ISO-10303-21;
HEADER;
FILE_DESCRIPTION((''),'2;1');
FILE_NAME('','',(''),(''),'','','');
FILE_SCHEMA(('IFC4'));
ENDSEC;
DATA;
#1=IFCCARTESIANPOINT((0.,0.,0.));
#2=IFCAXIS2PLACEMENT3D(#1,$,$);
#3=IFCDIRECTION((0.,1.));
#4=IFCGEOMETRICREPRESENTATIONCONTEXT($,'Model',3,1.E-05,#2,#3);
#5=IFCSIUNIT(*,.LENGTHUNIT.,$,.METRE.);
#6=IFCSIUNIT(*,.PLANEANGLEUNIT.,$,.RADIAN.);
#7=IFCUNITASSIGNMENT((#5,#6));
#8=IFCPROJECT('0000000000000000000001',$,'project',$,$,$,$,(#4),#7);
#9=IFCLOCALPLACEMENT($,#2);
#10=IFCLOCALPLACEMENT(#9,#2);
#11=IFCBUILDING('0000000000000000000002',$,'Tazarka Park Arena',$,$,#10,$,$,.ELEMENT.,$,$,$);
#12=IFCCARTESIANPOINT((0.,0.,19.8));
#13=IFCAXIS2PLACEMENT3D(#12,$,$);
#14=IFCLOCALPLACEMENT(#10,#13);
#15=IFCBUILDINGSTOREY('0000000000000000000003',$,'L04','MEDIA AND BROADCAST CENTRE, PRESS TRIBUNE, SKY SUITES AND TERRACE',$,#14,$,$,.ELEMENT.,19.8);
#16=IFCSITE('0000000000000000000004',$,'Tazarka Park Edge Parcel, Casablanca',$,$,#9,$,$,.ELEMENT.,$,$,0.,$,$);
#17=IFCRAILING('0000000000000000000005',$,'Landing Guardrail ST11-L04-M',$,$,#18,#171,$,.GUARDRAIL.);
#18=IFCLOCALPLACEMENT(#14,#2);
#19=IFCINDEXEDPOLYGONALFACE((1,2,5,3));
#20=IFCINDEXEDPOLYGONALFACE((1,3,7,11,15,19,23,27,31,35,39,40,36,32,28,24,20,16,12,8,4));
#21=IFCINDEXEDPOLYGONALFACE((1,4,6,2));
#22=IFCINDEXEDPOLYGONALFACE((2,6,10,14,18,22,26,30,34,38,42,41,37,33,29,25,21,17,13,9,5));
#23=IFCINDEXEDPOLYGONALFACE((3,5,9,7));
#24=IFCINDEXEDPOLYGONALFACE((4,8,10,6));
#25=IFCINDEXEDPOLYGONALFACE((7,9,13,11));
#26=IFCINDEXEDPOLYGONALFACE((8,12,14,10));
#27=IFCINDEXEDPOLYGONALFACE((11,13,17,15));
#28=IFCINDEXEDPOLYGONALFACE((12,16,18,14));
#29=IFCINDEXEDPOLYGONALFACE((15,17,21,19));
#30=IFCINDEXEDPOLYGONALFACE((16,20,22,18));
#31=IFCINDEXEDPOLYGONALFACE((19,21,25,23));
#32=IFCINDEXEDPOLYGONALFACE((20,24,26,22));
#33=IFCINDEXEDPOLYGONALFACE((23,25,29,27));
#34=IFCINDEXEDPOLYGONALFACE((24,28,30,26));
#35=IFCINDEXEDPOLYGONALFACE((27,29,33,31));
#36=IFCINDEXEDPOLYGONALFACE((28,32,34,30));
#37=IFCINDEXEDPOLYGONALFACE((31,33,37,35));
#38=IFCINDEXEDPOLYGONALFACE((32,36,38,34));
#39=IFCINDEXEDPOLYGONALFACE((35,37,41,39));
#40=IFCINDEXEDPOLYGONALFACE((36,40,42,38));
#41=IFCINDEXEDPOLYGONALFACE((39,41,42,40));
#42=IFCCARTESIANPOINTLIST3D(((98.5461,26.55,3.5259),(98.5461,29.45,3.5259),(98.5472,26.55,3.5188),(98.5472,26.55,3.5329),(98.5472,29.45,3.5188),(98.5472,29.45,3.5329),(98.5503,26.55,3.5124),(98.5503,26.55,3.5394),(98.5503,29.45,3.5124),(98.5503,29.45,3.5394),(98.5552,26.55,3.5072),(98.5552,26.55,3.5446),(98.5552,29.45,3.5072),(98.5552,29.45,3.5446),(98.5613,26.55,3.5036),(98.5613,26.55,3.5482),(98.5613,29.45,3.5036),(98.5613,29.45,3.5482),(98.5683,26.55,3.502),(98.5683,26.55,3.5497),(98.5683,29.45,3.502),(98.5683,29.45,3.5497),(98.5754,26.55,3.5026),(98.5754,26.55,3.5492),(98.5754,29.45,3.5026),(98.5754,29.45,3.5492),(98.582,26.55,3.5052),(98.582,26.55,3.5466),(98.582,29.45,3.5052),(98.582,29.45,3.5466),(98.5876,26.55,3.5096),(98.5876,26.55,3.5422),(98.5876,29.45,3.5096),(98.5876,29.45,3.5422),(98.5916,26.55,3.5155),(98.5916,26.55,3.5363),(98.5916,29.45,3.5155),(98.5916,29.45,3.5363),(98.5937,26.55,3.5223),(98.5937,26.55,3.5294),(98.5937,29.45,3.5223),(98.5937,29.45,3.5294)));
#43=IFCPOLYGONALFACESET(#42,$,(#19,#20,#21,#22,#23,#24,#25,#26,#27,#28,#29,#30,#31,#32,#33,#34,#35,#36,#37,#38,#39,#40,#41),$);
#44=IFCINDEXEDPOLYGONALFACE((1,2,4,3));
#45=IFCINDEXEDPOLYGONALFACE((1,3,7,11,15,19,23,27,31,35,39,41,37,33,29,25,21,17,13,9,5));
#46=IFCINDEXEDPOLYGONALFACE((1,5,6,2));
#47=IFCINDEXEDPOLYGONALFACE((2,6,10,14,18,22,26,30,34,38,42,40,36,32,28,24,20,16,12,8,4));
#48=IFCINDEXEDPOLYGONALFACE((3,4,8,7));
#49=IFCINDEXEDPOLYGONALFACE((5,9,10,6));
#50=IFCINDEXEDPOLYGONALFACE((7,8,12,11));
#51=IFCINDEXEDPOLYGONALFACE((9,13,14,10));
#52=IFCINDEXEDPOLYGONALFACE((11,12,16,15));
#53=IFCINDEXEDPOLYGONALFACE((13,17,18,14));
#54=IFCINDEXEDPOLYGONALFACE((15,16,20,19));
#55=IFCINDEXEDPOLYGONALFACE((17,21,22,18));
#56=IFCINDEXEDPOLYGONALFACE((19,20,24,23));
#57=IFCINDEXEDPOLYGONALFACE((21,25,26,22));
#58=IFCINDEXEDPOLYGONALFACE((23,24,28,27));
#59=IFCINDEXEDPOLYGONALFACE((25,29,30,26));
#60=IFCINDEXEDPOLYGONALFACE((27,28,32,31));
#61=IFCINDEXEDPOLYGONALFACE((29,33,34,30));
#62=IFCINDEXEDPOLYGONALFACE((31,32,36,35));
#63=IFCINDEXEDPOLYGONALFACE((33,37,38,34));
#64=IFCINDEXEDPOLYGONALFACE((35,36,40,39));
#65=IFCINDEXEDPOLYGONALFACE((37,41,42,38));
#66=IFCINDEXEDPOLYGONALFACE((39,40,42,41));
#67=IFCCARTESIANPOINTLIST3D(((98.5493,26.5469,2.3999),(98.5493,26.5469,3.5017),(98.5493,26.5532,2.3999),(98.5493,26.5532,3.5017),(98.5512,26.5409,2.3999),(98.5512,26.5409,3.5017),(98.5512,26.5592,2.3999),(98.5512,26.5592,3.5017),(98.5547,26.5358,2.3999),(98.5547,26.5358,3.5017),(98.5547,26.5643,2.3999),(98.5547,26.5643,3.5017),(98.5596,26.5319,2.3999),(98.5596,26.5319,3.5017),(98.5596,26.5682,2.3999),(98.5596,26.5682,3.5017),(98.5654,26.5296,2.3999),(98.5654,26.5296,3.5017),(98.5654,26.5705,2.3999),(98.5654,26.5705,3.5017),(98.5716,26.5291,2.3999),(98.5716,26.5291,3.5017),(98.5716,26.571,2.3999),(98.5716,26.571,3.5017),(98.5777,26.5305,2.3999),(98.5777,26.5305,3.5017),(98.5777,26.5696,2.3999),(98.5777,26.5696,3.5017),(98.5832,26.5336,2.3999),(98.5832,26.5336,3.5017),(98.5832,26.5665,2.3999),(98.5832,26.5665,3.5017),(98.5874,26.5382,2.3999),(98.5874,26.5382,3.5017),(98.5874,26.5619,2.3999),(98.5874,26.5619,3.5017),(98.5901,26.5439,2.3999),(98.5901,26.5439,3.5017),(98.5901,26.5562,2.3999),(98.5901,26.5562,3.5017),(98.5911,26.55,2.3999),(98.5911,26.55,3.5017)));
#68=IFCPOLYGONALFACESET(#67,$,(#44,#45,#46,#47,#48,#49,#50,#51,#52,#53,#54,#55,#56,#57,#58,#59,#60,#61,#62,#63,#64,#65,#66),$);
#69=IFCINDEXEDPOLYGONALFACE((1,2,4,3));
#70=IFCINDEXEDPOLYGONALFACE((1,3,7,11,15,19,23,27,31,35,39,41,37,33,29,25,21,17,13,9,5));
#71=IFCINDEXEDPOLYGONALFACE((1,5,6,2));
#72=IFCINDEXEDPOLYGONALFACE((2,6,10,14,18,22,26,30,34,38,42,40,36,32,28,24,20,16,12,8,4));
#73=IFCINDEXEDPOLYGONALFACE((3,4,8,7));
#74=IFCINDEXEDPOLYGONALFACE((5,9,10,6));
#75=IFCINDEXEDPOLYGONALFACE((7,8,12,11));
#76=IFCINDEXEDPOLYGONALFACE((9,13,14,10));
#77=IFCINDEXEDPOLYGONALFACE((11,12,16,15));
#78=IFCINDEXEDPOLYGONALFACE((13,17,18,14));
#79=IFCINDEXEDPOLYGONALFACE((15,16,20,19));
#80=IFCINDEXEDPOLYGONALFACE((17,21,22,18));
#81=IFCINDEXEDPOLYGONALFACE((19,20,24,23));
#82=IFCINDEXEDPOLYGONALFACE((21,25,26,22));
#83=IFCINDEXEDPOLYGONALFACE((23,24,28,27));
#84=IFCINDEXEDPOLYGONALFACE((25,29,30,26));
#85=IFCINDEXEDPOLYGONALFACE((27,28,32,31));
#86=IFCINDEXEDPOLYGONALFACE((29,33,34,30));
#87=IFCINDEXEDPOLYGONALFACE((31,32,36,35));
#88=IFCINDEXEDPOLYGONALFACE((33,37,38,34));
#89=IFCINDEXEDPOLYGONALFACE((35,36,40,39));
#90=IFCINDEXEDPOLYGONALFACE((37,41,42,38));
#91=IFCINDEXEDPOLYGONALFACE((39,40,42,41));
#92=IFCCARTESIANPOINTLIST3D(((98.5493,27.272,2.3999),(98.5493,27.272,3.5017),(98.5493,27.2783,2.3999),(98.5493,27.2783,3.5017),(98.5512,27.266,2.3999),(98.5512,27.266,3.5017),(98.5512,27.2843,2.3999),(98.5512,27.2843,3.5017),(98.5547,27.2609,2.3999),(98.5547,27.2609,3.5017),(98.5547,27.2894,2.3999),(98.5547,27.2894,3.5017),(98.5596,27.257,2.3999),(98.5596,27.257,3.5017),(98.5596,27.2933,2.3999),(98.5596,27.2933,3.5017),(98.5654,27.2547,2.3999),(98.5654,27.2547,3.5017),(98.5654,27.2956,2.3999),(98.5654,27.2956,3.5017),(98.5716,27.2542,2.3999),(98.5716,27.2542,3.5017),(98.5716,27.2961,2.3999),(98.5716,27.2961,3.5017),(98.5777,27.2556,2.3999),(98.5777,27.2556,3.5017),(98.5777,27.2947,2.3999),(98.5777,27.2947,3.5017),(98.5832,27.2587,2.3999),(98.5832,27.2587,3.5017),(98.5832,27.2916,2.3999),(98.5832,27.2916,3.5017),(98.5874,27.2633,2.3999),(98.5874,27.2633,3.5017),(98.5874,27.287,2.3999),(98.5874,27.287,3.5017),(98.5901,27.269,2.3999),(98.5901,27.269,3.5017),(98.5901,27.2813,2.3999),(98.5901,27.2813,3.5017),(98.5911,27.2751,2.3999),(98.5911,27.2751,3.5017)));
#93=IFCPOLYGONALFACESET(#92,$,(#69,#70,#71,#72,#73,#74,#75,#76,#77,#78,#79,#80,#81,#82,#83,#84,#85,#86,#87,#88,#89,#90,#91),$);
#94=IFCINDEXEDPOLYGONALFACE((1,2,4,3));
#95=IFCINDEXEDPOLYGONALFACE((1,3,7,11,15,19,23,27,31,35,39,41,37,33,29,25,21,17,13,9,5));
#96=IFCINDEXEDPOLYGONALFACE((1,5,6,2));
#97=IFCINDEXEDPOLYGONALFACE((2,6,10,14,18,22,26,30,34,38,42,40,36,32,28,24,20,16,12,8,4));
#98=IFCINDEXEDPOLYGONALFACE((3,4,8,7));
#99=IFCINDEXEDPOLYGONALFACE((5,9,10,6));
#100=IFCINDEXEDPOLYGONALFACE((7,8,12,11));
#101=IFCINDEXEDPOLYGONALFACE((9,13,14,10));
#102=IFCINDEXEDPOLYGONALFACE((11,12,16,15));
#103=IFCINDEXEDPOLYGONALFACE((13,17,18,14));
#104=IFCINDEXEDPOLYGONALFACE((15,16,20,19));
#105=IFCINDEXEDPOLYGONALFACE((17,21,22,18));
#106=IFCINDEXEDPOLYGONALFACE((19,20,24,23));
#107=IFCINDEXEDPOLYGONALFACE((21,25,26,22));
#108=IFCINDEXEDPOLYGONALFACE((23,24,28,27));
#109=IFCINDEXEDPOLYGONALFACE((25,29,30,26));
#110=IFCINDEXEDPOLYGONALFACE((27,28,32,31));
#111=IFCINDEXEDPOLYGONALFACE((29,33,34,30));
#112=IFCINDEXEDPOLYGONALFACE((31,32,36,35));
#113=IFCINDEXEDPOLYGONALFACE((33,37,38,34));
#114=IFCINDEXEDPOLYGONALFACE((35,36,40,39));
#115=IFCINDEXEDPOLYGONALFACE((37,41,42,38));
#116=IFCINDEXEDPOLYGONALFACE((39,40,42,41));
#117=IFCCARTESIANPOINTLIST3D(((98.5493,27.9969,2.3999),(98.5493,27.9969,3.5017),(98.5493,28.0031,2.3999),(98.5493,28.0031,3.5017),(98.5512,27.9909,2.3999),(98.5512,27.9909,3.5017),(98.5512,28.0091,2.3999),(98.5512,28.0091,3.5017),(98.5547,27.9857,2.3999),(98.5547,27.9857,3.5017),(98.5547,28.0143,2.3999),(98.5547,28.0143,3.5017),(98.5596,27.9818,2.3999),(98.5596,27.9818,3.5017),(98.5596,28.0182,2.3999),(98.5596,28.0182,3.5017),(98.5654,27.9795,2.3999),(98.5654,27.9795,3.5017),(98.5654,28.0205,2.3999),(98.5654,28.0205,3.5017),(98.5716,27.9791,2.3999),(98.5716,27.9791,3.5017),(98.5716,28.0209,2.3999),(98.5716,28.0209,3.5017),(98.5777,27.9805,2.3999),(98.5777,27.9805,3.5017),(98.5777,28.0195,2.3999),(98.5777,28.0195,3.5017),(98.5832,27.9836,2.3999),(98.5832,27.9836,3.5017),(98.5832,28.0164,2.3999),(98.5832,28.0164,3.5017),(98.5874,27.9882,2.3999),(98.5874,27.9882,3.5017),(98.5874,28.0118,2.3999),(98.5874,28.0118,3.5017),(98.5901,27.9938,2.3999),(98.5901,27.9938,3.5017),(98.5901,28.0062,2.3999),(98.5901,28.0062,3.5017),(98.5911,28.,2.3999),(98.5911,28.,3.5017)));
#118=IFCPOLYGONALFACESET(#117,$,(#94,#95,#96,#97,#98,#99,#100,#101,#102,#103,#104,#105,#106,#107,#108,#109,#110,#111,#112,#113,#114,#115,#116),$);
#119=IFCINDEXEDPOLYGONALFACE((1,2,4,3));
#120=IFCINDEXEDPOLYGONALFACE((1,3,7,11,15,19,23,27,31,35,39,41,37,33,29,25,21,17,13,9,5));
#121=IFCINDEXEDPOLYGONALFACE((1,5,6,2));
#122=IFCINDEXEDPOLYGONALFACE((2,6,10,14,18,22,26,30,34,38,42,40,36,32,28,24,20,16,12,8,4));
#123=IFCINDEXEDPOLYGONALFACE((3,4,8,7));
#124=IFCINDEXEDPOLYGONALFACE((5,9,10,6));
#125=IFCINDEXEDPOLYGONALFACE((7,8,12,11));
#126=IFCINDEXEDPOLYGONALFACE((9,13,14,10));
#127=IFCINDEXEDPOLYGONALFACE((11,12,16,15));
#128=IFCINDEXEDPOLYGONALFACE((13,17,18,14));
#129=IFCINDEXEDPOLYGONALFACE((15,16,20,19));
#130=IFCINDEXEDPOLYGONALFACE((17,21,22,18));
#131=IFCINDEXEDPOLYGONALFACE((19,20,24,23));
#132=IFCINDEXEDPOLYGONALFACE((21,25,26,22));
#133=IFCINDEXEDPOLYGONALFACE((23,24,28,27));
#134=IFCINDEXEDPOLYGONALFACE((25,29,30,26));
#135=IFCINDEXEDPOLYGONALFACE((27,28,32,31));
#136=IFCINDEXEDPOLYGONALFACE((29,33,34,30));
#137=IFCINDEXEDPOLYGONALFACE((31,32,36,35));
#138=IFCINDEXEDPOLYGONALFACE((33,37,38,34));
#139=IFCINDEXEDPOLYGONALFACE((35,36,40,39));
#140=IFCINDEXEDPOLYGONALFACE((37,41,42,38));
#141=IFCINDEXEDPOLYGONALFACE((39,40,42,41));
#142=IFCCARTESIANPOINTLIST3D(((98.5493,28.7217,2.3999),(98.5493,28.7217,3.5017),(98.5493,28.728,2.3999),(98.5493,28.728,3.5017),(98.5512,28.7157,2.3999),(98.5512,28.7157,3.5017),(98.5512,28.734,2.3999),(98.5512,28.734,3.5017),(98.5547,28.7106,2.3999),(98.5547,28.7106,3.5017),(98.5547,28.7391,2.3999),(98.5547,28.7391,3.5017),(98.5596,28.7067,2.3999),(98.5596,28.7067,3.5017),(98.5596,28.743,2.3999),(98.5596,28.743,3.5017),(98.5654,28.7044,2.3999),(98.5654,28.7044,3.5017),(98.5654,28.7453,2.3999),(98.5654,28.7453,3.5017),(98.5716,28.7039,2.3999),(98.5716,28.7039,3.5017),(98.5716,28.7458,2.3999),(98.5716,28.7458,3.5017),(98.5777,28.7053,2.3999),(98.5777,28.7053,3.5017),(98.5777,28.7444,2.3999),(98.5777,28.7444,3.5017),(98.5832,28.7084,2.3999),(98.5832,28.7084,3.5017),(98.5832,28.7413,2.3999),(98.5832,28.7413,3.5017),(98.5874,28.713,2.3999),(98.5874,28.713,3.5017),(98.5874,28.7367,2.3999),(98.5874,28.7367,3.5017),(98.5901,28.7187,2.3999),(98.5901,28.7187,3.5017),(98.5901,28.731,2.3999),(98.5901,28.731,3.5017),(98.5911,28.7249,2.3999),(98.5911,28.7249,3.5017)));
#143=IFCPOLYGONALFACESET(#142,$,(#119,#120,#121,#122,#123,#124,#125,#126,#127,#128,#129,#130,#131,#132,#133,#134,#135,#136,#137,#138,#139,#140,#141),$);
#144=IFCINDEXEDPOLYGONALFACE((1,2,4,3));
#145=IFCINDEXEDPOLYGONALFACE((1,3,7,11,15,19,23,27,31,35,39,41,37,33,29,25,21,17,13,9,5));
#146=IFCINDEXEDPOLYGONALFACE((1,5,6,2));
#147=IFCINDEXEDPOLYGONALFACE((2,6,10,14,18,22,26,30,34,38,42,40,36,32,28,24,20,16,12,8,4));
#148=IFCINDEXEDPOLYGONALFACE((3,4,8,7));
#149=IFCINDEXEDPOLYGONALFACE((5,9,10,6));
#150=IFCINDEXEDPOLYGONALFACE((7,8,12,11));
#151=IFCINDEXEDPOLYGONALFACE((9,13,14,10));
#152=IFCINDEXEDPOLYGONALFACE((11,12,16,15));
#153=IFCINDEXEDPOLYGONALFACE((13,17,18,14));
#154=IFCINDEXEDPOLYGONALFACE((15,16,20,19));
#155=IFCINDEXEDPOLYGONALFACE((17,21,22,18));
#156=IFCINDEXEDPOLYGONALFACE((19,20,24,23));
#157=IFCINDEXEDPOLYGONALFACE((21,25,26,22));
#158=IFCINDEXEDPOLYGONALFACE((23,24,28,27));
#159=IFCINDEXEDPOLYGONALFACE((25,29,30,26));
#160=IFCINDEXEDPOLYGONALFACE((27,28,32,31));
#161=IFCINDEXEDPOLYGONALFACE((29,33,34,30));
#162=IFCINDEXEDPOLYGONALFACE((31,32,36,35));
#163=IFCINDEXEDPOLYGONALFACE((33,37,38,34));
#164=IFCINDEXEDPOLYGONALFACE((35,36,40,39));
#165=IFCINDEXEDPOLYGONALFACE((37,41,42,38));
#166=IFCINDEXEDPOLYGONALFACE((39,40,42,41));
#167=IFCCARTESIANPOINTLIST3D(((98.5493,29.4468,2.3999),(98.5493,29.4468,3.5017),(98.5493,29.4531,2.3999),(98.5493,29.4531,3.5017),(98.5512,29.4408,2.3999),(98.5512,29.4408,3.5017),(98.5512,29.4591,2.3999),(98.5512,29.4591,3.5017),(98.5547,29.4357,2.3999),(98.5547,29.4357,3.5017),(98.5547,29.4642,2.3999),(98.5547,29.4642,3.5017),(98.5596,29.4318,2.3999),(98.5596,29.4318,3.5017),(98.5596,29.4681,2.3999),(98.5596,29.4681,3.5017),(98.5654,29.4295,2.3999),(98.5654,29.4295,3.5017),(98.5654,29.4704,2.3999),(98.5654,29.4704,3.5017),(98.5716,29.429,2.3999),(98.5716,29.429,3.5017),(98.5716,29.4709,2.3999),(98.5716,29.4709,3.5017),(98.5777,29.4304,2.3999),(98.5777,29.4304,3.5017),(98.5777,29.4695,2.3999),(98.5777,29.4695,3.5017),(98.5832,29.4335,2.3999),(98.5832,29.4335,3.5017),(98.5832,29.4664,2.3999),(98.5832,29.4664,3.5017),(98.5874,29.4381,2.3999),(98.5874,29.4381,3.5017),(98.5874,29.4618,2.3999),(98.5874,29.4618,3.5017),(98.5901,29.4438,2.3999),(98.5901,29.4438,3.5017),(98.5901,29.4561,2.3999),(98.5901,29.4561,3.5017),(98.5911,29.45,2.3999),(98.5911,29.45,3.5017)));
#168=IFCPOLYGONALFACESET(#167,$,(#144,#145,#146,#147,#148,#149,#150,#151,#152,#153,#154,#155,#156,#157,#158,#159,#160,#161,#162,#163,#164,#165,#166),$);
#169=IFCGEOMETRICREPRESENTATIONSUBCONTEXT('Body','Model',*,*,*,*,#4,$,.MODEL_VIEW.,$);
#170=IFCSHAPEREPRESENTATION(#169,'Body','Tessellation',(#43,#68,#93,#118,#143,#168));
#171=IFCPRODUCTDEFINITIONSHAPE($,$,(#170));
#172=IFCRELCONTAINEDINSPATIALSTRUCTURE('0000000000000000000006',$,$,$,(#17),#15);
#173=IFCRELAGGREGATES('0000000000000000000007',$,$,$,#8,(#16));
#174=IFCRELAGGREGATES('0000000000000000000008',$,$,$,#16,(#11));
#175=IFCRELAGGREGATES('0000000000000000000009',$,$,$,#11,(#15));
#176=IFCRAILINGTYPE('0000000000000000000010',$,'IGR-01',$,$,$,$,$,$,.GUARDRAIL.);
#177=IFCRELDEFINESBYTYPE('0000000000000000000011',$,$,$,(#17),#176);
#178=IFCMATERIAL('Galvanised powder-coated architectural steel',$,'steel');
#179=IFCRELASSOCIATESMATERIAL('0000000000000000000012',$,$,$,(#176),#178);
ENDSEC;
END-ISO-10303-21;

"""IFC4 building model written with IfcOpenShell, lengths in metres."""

from ifc_helpers import new_model, si_unit, direction, frame, origin, origin_2d, place, context, subcontext, project, spatial, circle, extrude, material, type_object, element, save


model = new_model("IFC4")

# Units and contexts
model_context = context("Model", 3, precision=1e-05, world=origin(), true_north=direction((0.0, 1.0)))
body_context = subcontext(model_context, "Body", "Model", "MODEL_VIEW")
ifc_project = project(units=[si_unit("LENGTHUNIT", "METRE"), si_unit("PLANEANGLEUNIT", "RADIAN")], contexts=[model_context])

# Site, building, storey
site_placement = place(None, origin())
site = spatial("IfcSite", under=ifc_project, at=site_placement, Name="Tazarka Park Edge Parcel, Casablanca", CompositionType="ELEMENT", RefElevation=0.0)
building_placement = place(site_placement, origin())
building = spatial("IfcBuilding", under=site, at=building_placement, Name="Tazarka Park Arena", CompositionType="ELEMENT")
storey_placement = place(building_placement, frame((0.0, 0.0, 19.8)))
storey = spatial("IfcBuildingStorey", under=building, at=storey_placement, Name="L04", Description="MEDIA AND BROADCAST CENTRE, PRESS TRIBUNE, SKY SUITES AND TERRACE", CompositionType="ELEMENT", Elevation=19.8)

# Railing
ifc_material_1 = material(Name="Galvanised powder-coated architectural steel", Category="steel")
railing_type_1 = type_object("IfcRailingType", Name="IGR-01", PredefinedType="GUARDRAIL", material=ifc_material_1)
for number, where, name in (
    (1, (98.5701, 26.55, 2.3999), "Landing Guardrail ST11-L04-M"),
):
    element("IfcRailing", number, at=place(storey_placement, frame(where)), inside=storey, type_object=railing_type_1, Name=name, PredefinedType="GUARDRAIL", context=body_context, shape_type="SweptSolid", body=[
        extrude(circle(Radius=0.0239, at=origin_2d()), frame((0.0, 0.0, 1.126), z_axis=(0.0, 1.0, 0.0), x_axis=(-1.0, 0.0, 0.0)), (0.0, 0.0, 1.0), 2.8999),
        extrude(circle(Radius=0.021, at=origin_2d()), origin(), (0.0, 0.0, 1.0), 1.1018),
        extrude(circle(Radius=0.021, at=origin_2d()), frame((0.0, 0.7251, 0.0)), (0.0, 0.0, 1.0), 1.1018),
        extrude(circle(Radius=0.021, at=origin_2d()), frame((0.0, 1.45, 0.0)), (0.0, 0.0, 1.0), 1.1018),
        extrude(circle(Radius=0.021, at=origin_2d()), frame((0.0, 2.1748, 0.0)), (0.0, 0.0, 1.0), 1.1018),
        extrude(circle(Radius=0.021, at=origin_2d()), frame((0.0, 2.8999, 0.0)), (0.0, 0.0, 1.0), 1.1018),
    ])

save(model, "model.ifc")
